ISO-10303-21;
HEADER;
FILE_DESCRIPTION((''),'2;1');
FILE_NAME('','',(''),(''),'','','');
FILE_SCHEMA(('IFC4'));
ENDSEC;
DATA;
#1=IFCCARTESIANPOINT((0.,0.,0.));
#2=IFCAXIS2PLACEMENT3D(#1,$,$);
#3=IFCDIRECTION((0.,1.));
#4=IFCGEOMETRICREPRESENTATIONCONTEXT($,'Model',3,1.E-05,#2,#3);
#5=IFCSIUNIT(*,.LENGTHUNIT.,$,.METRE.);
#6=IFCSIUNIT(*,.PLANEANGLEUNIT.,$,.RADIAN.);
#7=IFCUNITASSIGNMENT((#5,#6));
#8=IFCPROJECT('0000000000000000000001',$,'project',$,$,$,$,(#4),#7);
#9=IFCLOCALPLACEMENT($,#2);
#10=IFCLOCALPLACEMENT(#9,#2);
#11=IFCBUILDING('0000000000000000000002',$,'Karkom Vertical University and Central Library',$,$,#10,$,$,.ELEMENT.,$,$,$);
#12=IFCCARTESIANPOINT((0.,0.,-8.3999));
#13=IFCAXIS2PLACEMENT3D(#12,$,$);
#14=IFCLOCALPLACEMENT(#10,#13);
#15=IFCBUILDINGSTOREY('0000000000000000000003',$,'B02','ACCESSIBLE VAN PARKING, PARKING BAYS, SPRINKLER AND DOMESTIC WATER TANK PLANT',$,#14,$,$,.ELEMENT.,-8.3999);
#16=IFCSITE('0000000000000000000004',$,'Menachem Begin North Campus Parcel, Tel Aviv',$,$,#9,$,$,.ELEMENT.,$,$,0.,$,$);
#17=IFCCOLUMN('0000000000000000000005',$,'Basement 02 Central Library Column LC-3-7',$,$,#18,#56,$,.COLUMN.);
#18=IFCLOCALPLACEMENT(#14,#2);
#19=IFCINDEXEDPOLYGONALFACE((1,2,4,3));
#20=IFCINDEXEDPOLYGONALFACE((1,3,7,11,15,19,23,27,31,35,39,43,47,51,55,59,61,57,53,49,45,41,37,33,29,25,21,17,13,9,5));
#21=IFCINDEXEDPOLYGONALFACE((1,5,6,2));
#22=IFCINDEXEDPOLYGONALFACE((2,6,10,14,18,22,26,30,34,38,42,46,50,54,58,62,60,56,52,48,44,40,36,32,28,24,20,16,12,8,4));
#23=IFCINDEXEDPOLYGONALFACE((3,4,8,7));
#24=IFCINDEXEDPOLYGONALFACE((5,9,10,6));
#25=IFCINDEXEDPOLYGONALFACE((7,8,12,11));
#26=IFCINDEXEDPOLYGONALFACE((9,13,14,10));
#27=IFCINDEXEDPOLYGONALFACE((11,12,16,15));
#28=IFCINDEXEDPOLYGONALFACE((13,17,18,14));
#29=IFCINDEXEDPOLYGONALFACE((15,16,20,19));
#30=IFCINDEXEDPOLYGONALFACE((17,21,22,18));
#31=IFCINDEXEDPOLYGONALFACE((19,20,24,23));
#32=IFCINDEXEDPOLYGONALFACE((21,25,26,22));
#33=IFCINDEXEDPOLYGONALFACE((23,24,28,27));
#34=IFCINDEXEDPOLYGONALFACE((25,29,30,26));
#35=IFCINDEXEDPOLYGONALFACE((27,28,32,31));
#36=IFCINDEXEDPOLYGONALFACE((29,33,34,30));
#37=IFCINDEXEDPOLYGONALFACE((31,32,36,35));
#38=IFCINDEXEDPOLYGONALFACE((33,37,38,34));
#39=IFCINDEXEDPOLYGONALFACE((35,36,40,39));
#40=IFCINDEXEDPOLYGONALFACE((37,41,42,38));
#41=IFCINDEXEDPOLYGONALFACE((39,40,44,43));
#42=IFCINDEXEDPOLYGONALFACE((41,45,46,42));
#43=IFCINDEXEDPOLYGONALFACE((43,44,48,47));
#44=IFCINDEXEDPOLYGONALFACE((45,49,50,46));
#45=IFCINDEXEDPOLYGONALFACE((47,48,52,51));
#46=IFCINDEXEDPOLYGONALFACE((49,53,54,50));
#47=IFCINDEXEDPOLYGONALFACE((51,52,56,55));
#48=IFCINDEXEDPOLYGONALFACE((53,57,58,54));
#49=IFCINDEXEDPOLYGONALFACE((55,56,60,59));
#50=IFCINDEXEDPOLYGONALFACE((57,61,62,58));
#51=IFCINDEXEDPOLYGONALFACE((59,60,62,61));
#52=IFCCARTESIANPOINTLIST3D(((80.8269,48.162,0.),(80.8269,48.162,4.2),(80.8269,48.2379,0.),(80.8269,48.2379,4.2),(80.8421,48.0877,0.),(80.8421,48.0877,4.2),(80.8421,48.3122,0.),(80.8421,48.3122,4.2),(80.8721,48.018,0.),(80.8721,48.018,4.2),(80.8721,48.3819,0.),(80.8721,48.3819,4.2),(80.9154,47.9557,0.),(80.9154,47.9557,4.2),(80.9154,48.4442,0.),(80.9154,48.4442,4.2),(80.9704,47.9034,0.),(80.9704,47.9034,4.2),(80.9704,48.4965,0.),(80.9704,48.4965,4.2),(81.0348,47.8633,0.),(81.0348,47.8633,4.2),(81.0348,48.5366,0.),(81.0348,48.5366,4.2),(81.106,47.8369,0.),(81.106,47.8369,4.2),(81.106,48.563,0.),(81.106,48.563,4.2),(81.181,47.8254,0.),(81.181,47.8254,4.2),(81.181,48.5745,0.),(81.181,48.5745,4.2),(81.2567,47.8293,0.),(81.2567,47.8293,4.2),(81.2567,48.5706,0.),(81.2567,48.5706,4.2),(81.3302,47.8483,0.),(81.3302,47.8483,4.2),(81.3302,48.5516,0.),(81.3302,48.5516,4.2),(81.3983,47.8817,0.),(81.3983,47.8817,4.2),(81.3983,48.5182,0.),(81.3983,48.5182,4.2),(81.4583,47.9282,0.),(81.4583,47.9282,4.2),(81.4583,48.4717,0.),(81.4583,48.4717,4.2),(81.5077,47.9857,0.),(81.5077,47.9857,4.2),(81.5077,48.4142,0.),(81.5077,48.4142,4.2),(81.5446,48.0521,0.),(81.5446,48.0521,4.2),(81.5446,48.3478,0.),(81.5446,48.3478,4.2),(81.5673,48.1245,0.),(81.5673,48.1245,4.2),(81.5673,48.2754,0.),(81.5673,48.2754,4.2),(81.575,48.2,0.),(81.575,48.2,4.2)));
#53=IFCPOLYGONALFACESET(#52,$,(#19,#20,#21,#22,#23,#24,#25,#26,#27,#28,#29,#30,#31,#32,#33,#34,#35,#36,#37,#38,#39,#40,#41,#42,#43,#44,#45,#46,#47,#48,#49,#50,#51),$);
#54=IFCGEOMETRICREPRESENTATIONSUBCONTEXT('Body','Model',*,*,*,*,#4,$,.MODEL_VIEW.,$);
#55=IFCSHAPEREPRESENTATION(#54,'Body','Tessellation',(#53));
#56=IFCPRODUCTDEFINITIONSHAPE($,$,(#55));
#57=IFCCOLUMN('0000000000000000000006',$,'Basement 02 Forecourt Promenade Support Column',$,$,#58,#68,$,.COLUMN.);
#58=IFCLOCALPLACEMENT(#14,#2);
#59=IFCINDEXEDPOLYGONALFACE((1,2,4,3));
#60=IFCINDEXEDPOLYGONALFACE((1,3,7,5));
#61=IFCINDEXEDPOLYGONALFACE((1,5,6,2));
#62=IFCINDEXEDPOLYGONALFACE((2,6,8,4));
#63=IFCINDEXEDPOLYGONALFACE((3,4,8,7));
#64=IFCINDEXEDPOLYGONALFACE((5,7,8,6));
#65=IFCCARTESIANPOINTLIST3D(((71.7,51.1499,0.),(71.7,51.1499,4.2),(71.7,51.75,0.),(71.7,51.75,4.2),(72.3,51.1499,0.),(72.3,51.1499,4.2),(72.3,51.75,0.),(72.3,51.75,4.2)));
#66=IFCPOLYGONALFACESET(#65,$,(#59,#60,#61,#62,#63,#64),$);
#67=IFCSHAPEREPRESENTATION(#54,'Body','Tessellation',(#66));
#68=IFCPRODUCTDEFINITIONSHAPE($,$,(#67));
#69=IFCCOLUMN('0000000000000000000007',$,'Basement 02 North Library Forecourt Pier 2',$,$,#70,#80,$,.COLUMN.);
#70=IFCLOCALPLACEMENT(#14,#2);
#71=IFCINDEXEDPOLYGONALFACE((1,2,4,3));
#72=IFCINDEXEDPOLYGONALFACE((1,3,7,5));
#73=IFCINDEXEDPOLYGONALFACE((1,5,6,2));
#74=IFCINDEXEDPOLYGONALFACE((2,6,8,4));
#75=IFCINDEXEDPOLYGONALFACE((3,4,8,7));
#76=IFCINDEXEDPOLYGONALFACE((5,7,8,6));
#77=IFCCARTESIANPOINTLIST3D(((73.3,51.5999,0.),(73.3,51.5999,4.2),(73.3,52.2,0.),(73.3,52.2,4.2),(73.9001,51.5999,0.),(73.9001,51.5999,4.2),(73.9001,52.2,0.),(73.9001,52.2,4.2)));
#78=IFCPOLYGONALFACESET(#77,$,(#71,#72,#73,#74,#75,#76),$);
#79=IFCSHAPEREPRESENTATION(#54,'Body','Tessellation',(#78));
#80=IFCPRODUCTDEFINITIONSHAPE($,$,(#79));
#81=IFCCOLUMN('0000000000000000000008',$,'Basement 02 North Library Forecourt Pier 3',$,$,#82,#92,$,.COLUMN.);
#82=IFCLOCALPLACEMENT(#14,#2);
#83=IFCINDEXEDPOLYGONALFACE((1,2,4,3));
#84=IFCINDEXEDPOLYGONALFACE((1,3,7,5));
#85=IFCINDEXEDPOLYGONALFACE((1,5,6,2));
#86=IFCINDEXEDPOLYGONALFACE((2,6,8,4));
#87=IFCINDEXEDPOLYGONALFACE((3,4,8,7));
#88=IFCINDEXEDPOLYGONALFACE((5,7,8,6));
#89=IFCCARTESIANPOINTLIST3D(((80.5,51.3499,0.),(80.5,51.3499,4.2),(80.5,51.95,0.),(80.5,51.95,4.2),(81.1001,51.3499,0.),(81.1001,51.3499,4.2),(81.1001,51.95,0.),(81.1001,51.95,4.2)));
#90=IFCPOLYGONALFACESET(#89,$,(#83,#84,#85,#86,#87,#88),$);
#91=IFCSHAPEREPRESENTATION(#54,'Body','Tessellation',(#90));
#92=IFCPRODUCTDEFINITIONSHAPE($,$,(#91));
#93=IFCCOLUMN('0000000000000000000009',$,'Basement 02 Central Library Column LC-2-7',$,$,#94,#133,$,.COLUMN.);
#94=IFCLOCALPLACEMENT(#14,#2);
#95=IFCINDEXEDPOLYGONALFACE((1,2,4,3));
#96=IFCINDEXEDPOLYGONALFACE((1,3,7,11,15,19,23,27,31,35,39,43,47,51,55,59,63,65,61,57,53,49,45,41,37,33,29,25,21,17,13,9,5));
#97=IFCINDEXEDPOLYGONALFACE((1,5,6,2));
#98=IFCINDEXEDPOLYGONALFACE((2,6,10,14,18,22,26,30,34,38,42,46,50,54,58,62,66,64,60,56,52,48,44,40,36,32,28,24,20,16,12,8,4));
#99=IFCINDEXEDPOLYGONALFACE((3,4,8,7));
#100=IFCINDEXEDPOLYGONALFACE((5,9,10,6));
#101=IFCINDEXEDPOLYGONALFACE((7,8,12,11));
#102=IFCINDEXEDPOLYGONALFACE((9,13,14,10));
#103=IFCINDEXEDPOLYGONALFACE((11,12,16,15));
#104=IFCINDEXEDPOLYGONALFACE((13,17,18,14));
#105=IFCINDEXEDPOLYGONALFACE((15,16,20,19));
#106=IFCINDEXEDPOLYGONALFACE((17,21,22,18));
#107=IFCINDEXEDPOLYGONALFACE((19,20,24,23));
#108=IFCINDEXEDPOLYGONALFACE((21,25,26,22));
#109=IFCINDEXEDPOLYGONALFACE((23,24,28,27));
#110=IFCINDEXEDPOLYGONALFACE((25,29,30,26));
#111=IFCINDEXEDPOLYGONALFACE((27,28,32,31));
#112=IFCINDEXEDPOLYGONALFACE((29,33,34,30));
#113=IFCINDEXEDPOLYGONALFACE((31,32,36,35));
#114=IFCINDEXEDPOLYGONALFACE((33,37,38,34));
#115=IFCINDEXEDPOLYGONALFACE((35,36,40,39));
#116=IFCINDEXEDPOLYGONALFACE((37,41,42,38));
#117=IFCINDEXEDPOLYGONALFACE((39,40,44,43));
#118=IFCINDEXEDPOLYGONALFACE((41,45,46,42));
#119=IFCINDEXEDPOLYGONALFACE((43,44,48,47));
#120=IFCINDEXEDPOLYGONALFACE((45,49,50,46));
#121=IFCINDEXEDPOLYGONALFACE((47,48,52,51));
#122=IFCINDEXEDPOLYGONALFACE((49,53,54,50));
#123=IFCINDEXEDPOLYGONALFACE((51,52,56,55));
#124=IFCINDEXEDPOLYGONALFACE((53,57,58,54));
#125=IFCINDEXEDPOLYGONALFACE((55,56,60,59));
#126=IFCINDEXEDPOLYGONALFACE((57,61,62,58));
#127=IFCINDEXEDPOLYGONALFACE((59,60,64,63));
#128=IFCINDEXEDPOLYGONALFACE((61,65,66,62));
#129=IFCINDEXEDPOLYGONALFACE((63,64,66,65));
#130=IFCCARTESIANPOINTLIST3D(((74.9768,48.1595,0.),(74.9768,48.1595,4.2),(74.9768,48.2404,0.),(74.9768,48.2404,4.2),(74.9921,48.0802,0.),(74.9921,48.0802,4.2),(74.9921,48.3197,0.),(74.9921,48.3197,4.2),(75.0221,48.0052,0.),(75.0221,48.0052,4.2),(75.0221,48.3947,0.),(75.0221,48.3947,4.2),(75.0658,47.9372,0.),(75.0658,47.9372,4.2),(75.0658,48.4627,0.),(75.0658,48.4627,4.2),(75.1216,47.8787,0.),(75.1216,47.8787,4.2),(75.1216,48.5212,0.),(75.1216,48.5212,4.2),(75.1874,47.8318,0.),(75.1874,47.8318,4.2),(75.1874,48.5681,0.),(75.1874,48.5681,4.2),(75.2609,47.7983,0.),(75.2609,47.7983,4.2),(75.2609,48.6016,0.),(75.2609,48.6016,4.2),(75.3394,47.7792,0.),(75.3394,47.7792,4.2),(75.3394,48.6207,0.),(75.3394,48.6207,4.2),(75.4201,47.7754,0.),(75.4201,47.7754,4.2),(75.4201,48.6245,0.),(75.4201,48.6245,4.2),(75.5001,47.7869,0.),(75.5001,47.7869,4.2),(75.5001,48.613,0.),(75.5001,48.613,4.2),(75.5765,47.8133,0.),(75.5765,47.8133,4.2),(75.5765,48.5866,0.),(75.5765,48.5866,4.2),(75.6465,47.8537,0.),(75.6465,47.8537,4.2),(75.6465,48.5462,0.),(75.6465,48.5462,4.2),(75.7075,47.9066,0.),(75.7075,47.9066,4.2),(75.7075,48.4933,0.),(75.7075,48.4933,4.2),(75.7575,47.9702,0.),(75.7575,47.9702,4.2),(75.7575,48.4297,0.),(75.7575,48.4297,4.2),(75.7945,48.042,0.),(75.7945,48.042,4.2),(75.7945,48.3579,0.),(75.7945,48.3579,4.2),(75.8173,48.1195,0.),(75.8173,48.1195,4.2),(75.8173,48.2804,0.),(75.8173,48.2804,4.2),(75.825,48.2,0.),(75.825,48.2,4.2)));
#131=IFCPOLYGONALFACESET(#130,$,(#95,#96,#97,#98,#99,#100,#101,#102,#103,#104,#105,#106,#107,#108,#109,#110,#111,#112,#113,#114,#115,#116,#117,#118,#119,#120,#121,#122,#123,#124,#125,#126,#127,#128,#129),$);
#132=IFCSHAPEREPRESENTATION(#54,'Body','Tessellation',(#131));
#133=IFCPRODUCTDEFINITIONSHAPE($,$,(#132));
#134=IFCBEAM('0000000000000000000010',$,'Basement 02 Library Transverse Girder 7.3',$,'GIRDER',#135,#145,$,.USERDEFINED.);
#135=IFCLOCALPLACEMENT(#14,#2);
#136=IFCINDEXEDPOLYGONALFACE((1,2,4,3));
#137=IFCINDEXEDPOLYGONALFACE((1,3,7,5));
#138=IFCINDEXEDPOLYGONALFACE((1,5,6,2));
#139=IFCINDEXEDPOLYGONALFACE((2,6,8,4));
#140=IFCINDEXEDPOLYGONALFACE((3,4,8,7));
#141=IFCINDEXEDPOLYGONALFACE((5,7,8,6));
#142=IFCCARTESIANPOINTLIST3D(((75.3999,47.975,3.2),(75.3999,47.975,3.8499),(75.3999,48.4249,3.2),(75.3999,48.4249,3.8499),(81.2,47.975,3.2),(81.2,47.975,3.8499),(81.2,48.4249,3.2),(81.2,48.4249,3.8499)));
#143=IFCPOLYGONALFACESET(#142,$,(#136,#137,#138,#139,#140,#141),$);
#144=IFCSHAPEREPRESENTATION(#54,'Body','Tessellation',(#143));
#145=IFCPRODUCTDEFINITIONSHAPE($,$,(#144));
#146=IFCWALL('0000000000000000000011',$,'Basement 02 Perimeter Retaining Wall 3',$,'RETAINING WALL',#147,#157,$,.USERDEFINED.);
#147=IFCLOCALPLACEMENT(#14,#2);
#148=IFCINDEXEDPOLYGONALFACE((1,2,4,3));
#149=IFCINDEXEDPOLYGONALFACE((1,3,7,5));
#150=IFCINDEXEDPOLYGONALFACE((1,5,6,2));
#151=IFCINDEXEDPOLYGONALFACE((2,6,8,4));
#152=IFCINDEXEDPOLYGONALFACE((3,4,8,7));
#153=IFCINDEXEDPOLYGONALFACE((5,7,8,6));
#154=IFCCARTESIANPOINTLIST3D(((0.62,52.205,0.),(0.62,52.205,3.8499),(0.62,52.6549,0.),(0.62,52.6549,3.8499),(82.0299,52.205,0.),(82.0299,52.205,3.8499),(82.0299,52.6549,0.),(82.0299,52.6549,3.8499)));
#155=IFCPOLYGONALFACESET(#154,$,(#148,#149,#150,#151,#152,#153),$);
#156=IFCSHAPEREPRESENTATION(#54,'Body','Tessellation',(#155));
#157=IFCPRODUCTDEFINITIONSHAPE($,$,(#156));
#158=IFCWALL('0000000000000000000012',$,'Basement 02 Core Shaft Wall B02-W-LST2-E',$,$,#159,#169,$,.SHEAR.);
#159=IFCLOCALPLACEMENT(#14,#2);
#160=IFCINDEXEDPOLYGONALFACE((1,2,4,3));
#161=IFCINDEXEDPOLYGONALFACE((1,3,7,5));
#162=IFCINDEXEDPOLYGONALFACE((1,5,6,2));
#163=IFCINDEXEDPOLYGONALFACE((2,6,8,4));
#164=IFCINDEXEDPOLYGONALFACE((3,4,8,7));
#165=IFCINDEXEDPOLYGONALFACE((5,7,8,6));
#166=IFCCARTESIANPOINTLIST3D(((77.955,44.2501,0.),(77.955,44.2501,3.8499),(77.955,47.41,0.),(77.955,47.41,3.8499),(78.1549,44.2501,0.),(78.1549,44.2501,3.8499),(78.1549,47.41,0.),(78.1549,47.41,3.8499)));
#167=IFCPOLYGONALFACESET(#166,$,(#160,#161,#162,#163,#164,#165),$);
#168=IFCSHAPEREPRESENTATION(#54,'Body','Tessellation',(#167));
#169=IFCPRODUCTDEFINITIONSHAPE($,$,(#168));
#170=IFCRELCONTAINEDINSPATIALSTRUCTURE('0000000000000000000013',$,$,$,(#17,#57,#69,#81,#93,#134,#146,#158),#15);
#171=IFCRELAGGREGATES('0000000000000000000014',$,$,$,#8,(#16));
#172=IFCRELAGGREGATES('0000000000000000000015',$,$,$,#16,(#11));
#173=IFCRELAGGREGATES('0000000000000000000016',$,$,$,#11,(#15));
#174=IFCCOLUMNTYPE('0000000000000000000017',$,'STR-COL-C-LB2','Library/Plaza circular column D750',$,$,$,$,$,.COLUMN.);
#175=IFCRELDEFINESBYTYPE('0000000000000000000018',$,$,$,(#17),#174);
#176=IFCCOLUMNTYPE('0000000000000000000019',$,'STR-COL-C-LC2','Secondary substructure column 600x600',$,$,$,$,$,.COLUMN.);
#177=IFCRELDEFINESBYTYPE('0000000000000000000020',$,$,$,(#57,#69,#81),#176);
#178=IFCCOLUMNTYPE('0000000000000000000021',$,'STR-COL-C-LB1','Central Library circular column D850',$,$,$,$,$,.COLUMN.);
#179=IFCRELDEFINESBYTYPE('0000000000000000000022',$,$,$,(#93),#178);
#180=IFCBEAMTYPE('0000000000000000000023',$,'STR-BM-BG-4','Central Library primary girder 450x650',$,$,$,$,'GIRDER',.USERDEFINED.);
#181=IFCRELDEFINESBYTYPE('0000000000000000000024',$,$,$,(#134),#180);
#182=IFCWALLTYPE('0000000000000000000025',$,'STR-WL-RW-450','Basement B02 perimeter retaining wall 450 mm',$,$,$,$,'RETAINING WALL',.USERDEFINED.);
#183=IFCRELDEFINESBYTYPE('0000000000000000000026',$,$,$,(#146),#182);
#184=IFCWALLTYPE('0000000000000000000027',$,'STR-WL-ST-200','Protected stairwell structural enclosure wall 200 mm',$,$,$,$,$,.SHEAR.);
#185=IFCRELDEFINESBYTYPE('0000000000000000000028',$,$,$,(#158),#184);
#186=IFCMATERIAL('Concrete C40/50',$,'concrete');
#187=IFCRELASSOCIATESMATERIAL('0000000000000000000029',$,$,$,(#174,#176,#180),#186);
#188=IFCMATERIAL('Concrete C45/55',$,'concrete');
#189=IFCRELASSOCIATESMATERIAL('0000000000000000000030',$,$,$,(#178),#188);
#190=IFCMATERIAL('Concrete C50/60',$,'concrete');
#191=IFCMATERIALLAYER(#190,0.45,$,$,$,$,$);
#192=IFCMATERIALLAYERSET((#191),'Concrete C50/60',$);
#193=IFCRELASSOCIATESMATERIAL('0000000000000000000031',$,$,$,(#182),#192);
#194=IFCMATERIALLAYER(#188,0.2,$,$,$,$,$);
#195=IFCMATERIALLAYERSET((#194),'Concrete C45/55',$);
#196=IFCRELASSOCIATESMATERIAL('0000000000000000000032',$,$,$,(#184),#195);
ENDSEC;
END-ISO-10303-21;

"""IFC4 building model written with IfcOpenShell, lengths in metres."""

from ifc_helpers import new_model, si_unit, direction, frame, frame_2d, origin, origin_with_axes, origin_2d, place, context, subcontext, project, spatial, rectangle, circle, extrude, source, transform, mapped, material, layer, layer_set, material_profile, profile_set, type_object, element, save


model = new_model("IFC4")

# Units and contexts
model_context = context("Model", 3, precision=1e-05, world=origin(), true_north=direction((0.0, 1.0)))
body_context = subcontext(model_context, "Body", "Model", "MODEL_VIEW")
ifc_project = project(units=[si_unit("LENGTHUNIT", "METRE"), si_unit("PLANEANGLEUNIT", "RADIAN")], contexts=[model_context])

# Site, building, storey
site_placement = place(None, origin())
site = spatial("IfcSite", under=ifc_project, at=site_placement, Name="Menachem Begin North Campus Parcel, Tel Aviv", CompositionType="ELEMENT", RefElevation=0.0)
building_placement = place(site_placement, origin())
building = spatial("IfcBuilding", under=site, at=building_placement, Name="Karkom Vertical University and Central Library", CompositionType="ELEMENT")
storey_placement = place(building_placement, frame((0.0, 0.0, -8.3999)))
storey = spatial("IfcBuildingStorey", under=building, at=storey_placement, Name="B02", Description="ACCESSIBLE VAN PARKING, PARKING BAYS, SPRINKLER AND DOMESTIC WATER TANK PLANT", CompositionType="ELEMENT", Elevation=-8.3999)

# Shared definitions
ifc_material_1 = material(Name="Concrete C40/50", Category="concrete")

# Shared definitions
ifc_material_2 = material(Name="Concrete C45/55", Category="concrete")

# Columns
ifc_material_profile_1 = material_profile(ifc_material_1, circle(Radius=0.375, at=origin_2d()), Name="RC-D750")
ifc_profile_set_1 = profile_set([ifc_material_profile_1], Name="Concrete C40/50")
column_type_1 = type_object("IfcColumnType", Name="STR-COL-C-LB2", Description="Library/Plaza circular column D750", PredefinedType="COLUMN", material=ifc_profile_set_1)
shared_shape_1 = source(origin_with_axes(), body_context, "Body", "SweptSolid", [
    extrude(circle(Radius=0.375, at=origin_2d()), origin(), (0.0, 0.0, 1.0), 4.2),
])
for number, where, z_axis, x_axis, name in (
    (1, (81.2, 48.2, 0.0), (0.0, 0.0, 1.0), (1.0, 0.0, 0.0), "Basement 02 Central Library Column LC-3-7"),
):
    element("IfcColumn", number, at=place(storey_placement, frame(where, z_axis=z_axis, x_axis=x_axis)), inside=storey, type_object=column_type_1, Name=name, PredefinedType="COLUMN", context=body_context, shape_type="MappedRepresentation", body=[
        mapped(shared_shape_1, transform((0.0, 0.0, 0.0), scale=1.0)),
    ])
ifc_material_profile_2 = material_profile(ifc_material_1, rectangle(XDim=0.6001, YDim=0.6001, at=origin_2d()), Name="RC-600x600")
ifc_profile_set_2 = profile_set([ifc_material_profile_2], Name="Concrete C40/50")
column_type_2 = type_object("IfcColumnType", Name="STR-COL-C-LC2", Description="Secondary substructure column 600x600", PredefinedType="COLUMN", material=ifc_profile_set_2)
shared_shape_2 = source(origin_with_axes(), body_context, "Body", "SweptSolid", [
    extrude(rectangle(XDim=0.6001, YDim=0.6001, at=origin_2d()), origin(), (0.0, 0.0, 1.0), 4.2),
])
for number, where, z_axis, x_axis, name in (
    (2, (72.0, 51.45, 0.0), (0.0, 0.0, 1.0), (1.0, 0.0, 0.0), "Basement 02 Forecourt Promenade Support Column"),
    (3, (73.6001, 51.8999, 0.0), (0.0, 0.0, 1.0), (1.0, 0.0, 0.0), "Basement 02 North Library Forecourt Pier 2"),
    (4, (80.8, 51.6499, 0.0), (0.0, 0.0, 1.0), (1.0, 0.0, 0.0), "Basement 02 North Library Forecourt Pier 3"),
):
    element("IfcColumn", number, at=place(storey_placement, frame(where, z_axis=z_axis, x_axis=x_axis)), inside=storey, type_object=column_type_2, Name=name, PredefinedType="COLUMN", context=body_context, shape_type="MappedRepresentation", body=[
        mapped(shared_shape_2, transform((0.0, 0.0, 0.0), scale=1.0)),
    ])
ifc_material_profile_3 = material_profile(ifc_material_2, circle(Radius=0.425, at=origin_2d()), Name="RC-D850")
ifc_profile_set_3 = profile_set([ifc_material_profile_3], Name="Concrete C45/55")
column_type_3 = type_object("IfcColumnType", Name="STR-COL-C-LB1", Description="Central Library circular column D850", PredefinedType="COLUMN", material=ifc_profile_set_3)
shared_shape_3 = source(origin_with_axes(), body_context, "Body", "SweptSolid", [
    extrude(circle(Radius=0.425, at=origin_2d()), origin(), (0.0, 0.0, 1.0), 4.2),
])
column_placement = place(storey_placement, frame((75.3999, 48.2, 0.0), z_axis=(0.0, 0.0, 1.0), x_axis=(1.0, 0.0, 0.0)))
element("IfcColumn", 5, at=column_placement, inside=storey, type_object=column_type_3, Name="Basement 02 Central Library Column LC-2-7", PredefinedType="COLUMN", context=body_context, shape_type="MappedRepresentation", body=[
    mapped(shared_shape_3, transform((0.0, 0.0, 0.0), scale=1.0)),
])

# Beam
ifc_material_profile_4 = material_profile(ifc_material_1, rectangle(XDim=0.45, YDim=0.6499, at=origin_2d()), Name="RCB-450x650")
ifc_profile_set_4 = profile_set([ifc_material_profile_4], Name="Concrete C40/50")
beam_type = type_object("IfcBeamType", Name="STR-BM-BG-4", Description="Central Library primary girder 450x650", ElementType="GIRDER", PredefinedType="USERDEFINED", material=ifc_profile_set_4)
shared_shape_4 = source(origin_with_axes(), body_context, "Body", "SweptSolid", [
    extrude(rectangle(XDim=0.45, YDim=0.6499, at=origin_2d()), origin(), (0.0, 0.0, 1.0), 5.8),
])
beam_placement = place(storey_placement, frame((75.3999, 48.2, 3.5249), z_axis=(1.0, 0.0, 0.0), x_axis=(0.0, 1.0, 0.0)))
element("IfcBeam", 6, at=beam_placement, inside=storey, type_object=beam_type, Name="Basement 02 Library Transverse Girder 7.3", ObjectType="GIRDER", PredefinedType="USERDEFINED", context=body_context, shape_type="MappedRepresentation", body=[
    mapped(shared_shape_4, transform((0.0, 0.0, 0.0), scale=1.0)),
])

# Walls
ifc_material_3 = material(Name="Concrete C50/60", Category="concrete")
ifc_layer_1 = layer(ifc_material_3, 0.45)
ifc_layer_set_1 = layer_set([ifc_layer_1], Name="Concrete C50/60")
wall_type_1 = type_object("IfcWallType", Name="STR-WL-RW-450", Description="Basement B02 perimeter retaining wall 450 mm", ElementType="RETAINING WALL", PredefinedType="USERDEFINED", material=ifc_layer_set_1)
wall_1_placement = place(storey_placement, frame((82.03, 52.4299, 0.0), z_axis=(0.0, 0.0, 1.0), x_axis=(-1.0, 0.0, 0.0)))
element("IfcWall", 7, at=wall_1_placement, inside=storey, type_object=wall_type_1, Name="Basement 02 Perimeter Retaining Wall 3", ObjectType="RETAINING WALL", PredefinedType="USERDEFINED", context=body_context, shape_type="SweptSolid", body=[
    extrude(rectangle(XDim=81.4099, YDim=0.45, at=frame_2d((40.7051, 0.0))), origin(), (0.0, 0.0, 1.0), 3.8499),
])
ifc_layer_2 = layer(ifc_material_2, 0.2)
ifc_layer_set_2 = layer_set([ifc_layer_2], Name="Concrete C45/55")
wall_type_2 = type_object("IfcWallType", Name="STR-WL-ST-200", Description="Protected stairwell structural enclosure wall 200 mm", PredefinedType="SHEAR", material=ifc_layer_set_2)
wall_2_placement = place(storey_placement, frame((78.0549, 44.25, 0.0), z_axis=(0.0, 0.0, 1.0), x_axis=(0.0, 1.0, 0.0)))
element("IfcWall", 8, at=wall_2_placement, inside=storey, type_object=wall_type_2, Name="Basement 02 Core Shaft Wall B02-W-LST2-E", PredefinedType="SHEAR", context=body_context, shape_type="SweptSolid", body=[
    extrude(rectangle(XDim=3.1599, YDim=0.2, at=frame_2d((1.5801, 0.0))), origin(), (0.0, 0.0, 1.0), 3.8499),
])

save(model, "model.ifc")
